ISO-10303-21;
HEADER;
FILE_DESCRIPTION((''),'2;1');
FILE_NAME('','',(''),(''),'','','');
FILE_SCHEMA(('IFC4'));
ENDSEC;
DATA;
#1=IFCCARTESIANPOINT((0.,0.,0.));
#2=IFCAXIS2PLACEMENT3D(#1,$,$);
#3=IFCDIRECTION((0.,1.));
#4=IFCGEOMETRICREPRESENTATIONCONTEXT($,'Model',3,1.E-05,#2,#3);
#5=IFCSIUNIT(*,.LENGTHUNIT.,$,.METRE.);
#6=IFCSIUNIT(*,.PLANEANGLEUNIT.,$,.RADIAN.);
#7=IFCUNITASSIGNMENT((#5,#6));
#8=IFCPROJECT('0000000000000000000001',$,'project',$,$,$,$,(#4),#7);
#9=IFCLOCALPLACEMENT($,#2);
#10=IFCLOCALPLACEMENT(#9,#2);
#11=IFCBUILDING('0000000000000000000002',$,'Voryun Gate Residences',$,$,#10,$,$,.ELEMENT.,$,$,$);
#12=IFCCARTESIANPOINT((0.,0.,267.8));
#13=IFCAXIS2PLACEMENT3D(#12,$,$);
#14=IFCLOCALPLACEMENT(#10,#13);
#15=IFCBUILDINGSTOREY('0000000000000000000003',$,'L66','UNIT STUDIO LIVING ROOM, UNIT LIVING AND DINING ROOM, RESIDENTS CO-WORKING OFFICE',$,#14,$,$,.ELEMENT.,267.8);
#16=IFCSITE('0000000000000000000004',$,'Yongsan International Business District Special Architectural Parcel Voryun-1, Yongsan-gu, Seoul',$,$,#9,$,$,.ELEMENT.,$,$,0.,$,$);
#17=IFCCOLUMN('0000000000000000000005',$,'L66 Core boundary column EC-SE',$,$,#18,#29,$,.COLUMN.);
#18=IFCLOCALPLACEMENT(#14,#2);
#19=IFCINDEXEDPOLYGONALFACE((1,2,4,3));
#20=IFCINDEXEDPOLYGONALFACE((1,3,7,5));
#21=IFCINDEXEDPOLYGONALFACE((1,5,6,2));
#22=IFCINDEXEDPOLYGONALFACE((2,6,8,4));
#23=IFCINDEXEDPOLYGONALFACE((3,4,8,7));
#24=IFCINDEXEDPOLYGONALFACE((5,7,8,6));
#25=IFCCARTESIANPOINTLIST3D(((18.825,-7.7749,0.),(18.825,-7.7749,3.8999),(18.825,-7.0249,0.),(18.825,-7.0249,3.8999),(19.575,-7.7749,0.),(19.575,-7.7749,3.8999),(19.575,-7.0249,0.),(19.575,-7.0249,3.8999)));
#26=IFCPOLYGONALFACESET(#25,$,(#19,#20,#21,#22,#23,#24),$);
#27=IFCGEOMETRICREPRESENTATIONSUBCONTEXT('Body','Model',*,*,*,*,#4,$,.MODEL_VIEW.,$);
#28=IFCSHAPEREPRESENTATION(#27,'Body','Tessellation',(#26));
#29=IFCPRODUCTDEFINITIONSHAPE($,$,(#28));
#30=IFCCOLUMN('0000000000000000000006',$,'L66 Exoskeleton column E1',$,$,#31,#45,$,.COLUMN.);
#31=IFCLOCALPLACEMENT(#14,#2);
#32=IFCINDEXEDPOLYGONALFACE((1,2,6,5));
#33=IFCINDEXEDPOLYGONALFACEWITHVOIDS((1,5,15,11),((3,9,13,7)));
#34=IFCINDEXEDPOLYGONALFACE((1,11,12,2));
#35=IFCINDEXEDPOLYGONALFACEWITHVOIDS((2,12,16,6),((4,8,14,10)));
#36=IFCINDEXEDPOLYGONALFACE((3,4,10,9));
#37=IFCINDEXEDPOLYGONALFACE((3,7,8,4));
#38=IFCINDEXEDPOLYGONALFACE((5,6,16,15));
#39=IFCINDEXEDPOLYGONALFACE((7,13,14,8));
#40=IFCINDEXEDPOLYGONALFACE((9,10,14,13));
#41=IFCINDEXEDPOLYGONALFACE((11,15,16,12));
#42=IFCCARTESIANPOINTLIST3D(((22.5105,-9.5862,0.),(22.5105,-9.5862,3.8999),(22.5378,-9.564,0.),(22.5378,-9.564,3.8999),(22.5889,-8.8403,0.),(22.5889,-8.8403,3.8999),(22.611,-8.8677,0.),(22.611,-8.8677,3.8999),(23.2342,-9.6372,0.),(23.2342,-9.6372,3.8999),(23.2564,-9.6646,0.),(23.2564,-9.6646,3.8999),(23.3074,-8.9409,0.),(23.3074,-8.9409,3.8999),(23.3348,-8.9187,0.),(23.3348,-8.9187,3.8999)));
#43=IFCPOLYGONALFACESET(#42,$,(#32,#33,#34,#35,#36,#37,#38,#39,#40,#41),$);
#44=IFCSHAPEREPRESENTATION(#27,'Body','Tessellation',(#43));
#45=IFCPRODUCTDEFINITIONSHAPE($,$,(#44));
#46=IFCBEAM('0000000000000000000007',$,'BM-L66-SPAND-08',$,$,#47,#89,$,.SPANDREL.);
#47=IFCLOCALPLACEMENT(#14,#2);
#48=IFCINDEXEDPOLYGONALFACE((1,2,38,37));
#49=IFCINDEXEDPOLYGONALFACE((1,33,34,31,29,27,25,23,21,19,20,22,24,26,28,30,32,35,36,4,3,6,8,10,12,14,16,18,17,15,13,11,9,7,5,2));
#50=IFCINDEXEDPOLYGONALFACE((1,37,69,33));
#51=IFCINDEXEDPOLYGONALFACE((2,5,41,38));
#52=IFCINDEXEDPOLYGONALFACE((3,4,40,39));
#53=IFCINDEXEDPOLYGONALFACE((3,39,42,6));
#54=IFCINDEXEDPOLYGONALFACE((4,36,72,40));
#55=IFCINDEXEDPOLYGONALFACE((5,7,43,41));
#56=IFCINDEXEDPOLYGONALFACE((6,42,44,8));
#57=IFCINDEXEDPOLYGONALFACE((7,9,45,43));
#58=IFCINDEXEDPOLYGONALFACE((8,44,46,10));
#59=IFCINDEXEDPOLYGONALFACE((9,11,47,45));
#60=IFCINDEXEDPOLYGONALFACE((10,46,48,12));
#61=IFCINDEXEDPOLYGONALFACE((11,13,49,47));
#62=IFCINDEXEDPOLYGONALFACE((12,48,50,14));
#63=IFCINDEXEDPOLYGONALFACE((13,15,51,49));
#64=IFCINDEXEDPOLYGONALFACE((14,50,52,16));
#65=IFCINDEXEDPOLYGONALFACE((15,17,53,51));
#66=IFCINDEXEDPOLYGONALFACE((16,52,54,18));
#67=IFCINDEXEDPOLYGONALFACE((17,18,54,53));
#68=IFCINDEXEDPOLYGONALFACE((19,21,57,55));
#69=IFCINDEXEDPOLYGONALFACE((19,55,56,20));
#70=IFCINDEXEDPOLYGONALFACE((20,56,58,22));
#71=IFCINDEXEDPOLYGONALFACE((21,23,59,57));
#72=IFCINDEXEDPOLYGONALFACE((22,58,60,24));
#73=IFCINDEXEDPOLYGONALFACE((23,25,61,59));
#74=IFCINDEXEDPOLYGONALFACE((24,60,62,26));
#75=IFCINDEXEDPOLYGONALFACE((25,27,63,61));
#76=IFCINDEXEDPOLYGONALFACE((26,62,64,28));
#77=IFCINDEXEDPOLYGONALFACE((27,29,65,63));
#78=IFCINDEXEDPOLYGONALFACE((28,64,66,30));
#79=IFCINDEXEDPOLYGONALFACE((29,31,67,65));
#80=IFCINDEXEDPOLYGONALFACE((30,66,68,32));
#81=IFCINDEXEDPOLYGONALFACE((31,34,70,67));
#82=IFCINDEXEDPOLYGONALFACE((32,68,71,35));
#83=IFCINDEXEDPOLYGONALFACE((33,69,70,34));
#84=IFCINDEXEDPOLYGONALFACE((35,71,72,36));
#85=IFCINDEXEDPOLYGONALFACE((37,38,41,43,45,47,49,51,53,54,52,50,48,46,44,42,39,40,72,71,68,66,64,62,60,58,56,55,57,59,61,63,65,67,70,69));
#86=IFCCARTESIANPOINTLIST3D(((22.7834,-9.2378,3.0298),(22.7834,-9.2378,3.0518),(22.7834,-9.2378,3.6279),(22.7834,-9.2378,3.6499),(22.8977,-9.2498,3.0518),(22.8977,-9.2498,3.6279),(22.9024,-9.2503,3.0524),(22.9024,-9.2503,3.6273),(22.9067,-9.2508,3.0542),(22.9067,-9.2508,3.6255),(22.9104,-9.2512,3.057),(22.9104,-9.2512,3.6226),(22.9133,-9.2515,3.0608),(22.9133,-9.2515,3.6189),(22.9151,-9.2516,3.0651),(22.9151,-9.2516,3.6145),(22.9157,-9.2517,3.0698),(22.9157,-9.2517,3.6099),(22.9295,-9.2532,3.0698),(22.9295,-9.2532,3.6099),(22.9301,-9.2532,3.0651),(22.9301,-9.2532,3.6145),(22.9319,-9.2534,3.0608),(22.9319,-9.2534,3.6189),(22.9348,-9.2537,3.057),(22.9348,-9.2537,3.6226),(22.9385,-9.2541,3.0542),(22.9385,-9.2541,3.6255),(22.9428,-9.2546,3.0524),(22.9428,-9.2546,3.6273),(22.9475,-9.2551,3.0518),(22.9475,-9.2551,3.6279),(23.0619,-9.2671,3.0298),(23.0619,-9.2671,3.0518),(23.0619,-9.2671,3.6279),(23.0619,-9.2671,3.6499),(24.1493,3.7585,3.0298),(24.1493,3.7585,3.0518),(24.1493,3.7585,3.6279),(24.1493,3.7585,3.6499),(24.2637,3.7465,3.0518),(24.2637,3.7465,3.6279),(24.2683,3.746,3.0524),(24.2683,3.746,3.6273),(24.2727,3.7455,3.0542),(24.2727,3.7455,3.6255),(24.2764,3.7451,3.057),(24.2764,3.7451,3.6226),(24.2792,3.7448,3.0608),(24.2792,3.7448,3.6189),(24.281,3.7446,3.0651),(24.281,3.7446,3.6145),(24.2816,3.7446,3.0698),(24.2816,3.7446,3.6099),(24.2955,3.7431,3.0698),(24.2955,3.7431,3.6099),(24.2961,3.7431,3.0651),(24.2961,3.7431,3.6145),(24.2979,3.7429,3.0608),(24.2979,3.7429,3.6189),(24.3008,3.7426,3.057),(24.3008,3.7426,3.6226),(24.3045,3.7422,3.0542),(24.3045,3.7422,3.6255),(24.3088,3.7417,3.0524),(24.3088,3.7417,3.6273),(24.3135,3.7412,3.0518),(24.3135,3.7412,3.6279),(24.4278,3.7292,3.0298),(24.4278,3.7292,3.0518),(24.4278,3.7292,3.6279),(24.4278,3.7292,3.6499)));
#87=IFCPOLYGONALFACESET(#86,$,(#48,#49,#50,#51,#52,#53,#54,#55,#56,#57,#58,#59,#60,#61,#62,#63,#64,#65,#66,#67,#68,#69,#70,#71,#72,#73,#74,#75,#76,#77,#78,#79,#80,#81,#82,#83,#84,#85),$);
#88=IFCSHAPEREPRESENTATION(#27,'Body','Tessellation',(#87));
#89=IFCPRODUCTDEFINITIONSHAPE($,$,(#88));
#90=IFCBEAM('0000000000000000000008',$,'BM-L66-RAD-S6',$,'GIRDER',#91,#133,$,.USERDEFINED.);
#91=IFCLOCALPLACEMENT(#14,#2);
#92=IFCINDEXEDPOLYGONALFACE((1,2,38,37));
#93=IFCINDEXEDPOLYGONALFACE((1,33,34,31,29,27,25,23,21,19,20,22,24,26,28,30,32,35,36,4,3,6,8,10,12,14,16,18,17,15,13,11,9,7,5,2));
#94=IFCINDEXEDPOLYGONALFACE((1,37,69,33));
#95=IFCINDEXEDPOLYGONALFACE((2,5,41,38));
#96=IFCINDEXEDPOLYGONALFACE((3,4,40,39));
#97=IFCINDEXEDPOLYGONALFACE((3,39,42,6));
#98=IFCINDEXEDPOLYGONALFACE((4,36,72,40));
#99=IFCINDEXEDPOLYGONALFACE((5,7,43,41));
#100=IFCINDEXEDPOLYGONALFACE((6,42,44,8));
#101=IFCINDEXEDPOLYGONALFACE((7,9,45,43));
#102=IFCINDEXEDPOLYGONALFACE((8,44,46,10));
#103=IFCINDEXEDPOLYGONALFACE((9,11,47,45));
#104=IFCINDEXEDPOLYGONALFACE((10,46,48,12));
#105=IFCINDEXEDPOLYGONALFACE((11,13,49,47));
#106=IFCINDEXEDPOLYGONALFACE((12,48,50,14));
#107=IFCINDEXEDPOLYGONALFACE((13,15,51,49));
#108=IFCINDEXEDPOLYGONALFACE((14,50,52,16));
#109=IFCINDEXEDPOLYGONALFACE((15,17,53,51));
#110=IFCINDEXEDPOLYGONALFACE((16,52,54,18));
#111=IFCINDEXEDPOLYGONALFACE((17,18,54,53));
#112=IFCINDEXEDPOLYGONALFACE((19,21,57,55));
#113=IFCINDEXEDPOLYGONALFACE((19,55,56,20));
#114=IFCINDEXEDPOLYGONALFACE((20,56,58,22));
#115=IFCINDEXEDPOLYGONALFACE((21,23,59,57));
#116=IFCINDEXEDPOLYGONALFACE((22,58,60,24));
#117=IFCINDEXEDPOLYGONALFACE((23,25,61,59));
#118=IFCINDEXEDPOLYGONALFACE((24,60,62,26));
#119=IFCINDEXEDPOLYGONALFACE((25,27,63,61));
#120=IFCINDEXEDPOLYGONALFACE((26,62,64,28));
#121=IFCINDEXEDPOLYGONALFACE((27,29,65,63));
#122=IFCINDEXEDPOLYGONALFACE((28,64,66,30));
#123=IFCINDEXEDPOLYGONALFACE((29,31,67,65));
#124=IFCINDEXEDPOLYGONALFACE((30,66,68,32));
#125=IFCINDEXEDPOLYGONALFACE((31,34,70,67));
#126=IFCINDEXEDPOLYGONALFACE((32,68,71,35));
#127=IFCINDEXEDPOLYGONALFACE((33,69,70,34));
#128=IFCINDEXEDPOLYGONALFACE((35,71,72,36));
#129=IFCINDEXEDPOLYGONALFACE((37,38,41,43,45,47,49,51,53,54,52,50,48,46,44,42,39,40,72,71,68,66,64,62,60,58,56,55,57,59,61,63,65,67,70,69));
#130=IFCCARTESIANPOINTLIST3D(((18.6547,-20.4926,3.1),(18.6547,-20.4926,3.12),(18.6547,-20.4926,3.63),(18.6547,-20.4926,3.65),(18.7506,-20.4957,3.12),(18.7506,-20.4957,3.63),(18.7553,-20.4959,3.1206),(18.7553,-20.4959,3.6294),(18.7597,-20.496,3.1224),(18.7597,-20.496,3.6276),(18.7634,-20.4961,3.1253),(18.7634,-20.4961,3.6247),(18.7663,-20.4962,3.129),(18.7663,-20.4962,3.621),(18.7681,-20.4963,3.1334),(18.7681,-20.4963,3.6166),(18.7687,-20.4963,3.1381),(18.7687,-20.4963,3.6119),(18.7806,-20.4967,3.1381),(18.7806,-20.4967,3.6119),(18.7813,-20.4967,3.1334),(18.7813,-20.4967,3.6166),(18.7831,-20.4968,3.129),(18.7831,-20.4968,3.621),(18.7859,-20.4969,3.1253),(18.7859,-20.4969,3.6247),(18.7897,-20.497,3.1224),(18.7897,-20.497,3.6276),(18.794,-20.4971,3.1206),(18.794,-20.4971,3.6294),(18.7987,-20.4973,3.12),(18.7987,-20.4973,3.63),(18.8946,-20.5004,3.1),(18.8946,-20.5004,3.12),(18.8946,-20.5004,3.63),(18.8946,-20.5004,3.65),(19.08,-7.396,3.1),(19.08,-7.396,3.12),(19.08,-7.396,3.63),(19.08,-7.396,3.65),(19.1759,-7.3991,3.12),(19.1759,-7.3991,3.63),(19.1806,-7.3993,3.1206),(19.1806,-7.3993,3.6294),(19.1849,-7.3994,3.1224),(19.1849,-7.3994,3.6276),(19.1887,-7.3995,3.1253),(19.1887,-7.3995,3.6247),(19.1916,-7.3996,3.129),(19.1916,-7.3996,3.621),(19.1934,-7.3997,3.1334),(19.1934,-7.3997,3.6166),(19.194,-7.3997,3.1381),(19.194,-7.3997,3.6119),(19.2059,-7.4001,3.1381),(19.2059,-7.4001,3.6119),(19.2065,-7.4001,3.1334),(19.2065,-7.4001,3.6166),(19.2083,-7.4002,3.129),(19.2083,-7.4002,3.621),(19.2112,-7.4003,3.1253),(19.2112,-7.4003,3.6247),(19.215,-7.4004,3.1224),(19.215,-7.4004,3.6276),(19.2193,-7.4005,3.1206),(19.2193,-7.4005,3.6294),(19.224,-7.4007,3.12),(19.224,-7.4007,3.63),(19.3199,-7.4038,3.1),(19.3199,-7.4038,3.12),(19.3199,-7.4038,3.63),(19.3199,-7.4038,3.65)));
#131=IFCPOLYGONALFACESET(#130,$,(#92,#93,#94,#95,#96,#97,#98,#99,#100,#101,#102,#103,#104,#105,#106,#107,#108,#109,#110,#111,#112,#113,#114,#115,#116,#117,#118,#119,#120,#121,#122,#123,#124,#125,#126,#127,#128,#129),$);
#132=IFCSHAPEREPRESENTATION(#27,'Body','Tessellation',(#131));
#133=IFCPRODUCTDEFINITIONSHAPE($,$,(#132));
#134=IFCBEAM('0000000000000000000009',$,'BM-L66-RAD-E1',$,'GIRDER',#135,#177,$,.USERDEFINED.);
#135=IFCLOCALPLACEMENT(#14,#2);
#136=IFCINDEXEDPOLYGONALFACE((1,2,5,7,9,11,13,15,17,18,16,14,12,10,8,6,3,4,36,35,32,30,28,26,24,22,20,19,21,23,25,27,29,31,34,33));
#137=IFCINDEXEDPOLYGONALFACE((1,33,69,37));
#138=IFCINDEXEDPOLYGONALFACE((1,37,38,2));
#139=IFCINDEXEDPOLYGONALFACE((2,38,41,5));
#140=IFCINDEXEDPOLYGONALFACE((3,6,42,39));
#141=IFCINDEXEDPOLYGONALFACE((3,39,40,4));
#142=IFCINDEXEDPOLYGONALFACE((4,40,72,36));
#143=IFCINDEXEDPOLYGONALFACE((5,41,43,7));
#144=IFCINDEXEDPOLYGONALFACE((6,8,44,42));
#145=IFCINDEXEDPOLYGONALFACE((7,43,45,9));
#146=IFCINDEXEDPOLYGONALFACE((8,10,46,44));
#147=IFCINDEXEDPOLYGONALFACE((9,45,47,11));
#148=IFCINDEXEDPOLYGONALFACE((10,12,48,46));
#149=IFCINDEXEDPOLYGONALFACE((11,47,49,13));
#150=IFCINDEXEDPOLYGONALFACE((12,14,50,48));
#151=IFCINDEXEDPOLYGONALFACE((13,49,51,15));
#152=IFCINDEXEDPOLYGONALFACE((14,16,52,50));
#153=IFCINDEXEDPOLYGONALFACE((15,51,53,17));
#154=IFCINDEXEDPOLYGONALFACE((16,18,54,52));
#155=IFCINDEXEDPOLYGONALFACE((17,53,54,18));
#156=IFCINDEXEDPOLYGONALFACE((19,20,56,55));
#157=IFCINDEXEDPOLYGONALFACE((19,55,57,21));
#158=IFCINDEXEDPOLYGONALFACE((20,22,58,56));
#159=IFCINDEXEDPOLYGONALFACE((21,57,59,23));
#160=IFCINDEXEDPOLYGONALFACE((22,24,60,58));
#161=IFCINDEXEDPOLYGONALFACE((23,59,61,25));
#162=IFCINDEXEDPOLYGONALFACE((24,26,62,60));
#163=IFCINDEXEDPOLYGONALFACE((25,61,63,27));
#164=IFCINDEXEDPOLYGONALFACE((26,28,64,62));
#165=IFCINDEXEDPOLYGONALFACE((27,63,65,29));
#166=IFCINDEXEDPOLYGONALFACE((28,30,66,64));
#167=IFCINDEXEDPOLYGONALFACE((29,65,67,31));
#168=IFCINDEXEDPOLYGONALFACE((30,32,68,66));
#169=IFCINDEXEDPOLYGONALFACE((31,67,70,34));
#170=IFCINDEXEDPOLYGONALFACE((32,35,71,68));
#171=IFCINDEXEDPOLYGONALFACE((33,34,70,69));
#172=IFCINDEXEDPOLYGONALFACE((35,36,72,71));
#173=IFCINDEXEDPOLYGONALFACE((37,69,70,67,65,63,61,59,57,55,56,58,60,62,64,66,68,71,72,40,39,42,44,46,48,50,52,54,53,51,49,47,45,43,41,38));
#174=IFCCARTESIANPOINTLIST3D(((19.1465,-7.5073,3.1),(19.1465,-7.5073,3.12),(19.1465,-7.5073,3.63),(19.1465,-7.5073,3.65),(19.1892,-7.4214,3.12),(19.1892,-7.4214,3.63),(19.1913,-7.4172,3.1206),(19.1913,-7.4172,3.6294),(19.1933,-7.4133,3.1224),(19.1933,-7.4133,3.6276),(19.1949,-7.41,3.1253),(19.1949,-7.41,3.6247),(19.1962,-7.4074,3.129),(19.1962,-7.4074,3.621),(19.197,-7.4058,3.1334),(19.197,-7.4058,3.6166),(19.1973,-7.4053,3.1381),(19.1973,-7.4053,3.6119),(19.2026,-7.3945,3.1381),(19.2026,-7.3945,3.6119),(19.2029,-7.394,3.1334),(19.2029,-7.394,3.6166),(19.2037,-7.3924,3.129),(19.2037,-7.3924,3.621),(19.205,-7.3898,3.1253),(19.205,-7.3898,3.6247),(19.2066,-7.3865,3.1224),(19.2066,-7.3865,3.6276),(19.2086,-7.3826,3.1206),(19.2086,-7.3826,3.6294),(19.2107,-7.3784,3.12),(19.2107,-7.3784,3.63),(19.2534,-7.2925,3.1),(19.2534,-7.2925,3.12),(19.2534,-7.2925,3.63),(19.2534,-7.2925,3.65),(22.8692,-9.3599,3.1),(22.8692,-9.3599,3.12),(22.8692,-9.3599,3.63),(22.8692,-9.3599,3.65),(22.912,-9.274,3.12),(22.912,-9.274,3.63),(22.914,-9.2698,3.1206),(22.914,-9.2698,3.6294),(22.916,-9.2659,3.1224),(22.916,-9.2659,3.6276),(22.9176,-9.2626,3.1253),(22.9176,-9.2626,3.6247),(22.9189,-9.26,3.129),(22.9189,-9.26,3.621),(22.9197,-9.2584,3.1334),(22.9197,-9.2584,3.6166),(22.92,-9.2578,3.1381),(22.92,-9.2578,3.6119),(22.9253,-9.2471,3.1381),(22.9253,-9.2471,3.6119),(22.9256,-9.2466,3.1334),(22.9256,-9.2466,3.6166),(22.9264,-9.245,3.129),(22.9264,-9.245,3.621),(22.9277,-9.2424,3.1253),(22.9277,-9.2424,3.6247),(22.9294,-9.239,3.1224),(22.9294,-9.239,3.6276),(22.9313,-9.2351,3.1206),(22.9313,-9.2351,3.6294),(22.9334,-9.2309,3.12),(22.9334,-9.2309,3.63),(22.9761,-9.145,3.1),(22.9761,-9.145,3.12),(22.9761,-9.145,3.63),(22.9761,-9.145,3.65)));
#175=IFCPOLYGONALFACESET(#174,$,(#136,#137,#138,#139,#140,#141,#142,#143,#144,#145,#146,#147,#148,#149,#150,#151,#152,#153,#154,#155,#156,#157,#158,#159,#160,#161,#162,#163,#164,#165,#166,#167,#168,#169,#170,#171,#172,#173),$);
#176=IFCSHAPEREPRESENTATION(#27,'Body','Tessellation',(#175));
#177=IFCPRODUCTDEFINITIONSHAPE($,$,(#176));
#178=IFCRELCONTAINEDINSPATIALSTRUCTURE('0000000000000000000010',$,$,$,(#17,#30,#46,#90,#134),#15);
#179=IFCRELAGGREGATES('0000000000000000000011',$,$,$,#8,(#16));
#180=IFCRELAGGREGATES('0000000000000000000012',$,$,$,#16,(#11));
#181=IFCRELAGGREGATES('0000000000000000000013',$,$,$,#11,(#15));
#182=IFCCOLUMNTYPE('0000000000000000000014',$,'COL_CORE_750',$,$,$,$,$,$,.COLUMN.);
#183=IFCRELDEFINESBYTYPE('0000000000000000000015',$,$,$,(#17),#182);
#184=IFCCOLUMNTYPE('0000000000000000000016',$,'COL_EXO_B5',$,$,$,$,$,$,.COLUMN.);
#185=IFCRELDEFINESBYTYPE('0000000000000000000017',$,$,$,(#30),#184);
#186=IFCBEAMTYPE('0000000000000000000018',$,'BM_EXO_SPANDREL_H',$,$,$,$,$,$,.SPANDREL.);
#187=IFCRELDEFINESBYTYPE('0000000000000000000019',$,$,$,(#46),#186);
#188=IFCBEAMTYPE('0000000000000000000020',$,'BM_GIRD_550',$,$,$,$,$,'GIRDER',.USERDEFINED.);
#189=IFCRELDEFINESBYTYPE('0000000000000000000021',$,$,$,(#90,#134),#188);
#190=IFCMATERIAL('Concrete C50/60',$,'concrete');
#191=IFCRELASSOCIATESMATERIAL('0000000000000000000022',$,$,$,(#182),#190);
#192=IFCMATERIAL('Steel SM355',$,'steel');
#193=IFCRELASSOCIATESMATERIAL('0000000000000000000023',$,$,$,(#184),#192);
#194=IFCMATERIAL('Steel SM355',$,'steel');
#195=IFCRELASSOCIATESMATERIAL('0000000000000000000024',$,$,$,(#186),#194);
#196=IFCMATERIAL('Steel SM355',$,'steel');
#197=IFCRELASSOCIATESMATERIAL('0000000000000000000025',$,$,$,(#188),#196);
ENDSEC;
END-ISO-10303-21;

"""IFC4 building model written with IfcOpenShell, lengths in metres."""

from ifc_helpers import new_model, si_unit, direction, frame, origin, origin_2d, place, context, subcontext, project, spatial, rectangle, hollow_rectangle, i_section, extrude, material, material_profile, profile_set, type_object, element, save


model = new_model("IFC4")

# Units and contexts
model_context = context("Model", 3, precision=1e-05, world=origin(), true_north=direction((0.0, 1.0)))
body_context = subcontext(model_context, "Body", "Model", "MODEL_VIEW")
ifc_project = project(units=[si_unit("LENGTHUNIT", "METRE"), si_unit("PLANEANGLEUNIT", "RADIAN")], contexts=[model_context])

# Site, building, storey
site_placement = place(None, origin())
site = spatial("IfcSite", under=ifc_project, at=site_placement, Name="Yongsan International Business District Special Architectural Parcel Voryun-1, Yongsan-gu, Seoul", CompositionType="ELEMENT", RefElevation=0.0)
building_placement = place(site_placement, origin())
building = spatial("IfcBuilding", under=site, at=building_placement, Name="Voryun Gate Residences", CompositionType="ELEMENT")
storey_placement = place(building_placement, frame((0.0, 0.0, 267.8)))
storey = spatial("IfcBuildingStorey", under=building, at=storey_placement, Name="L66", Description="UNIT STUDIO LIVING ROOM, UNIT LIVING AND DINING ROOM, RESIDENTS CO-WORKING OFFICE", CompositionType="ELEMENT", Elevation=267.8)

# Columns
ifc_material_1 = material(Name="Concrete C50/60", Category="concrete")
ifc_material_profile_1 = material_profile(ifc_material_1, rectangle(XDim=0.75, YDim=0.75, at=origin_2d()), Name="RC-750x750")
ifc_profile_set_1 = profile_set([ifc_material_profile_1], Name="Concrete C50/60")
column_type_1 = type_object("IfcColumnType", Name="COL_CORE_750", PredefinedType="COLUMN", material=ifc_profile_set_1)
column_1_placement = place(storey_placement, frame((19.2, -7.3999, 0.0), z_axis=(0.0, 0.0, 1.0), x_axis=(1.0, 0.0, 0.0)))
element("IfcColumn", 1, at=column_1_placement, inside=storey, type_object=column_type_1, Name="L66 Core boundary column EC-SE", PredefinedType="COLUMN", context=body_context, shape_type="SweptSolid", body=[
    extrude(rectangle(XDim=0.75, YDim=0.75, at=origin_2d()), origin(), (0.0, 0.0, 1.0), 3.8999),
])
ifc_material_2 = material(Name="Steel SM355", Category="steel")
ifc_material_profile_2 = material_profile(ifc_material_2, hollow_rectangle(XDim=0.75, YDim=0.75, WallThickness=0.0249, at=origin_2d()), Name="BOX-750x750x25")
ifc_profile_set_2 = profile_set([ifc_material_profile_2], Name="Steel SM355")
column_type_2 = type_object("IfcColumnType", Name="COL_EXO_B5", PredefinedType="COLUMN", material=ifc_profile_set_2)
column_2_placement = place(storey_placement, frame((22.9226, -9.2524, 0.0), z_axis=(0.0, 0.0, 1.0), x_axis=(0.994522, -0.104528, 0.0)))
element("IfcColumn", 2, at=column_2_placement, inside=storey, type_object=column_type_2, Name="L66 Exoskeleton column E1", PredefinedType="COLUMN", context=body_context, shape_type="SweptSolid", body=[
    extrude(hollow_rectangle(XDim=0.75, YDim=0.75, WallThickness=0.0249, at=origin_2d()), origin(), (0.0, 0.0, 1.0), 3.8999),
])

# Beams
ifc_material_3 = material(Name="Steel SM355", Category="steel")
ifc_material_profile_3 = material_profile(ifc_material_3, i_section(OverallWidth=0.28, OverallDepth=0.6201, WebThickness=0.0139, FlangeThickness=0.022, FilletRadius=0.0181, at=origin_2d()), Name="H-620x280x14x22")
ifc_profile_set_3 = profile_set([ifc_material_profile_3], Name="Steel SM355")
beam_type_1 = type_object("IfcBeamType", Name="BM_EXO_SPANDREL_H", PredefinedType="SPANDREL", material=ifc_profile_set_3)
beam_1_placement = place(storey_placement, frame((22.9226, -9.2524, 3.3398), z_axis=(0.104528, 0.994522, 0.0), x_axis=(-0.994522, 0.104528, 0.0)))
element("IfcBeam", 3, at=beam_1_placement, inside=storey, type_object=beam_type_1, Name="BM-L66-SPAND-08", PredefinedType="SPANDREL", context=body_context, shape_type="SweptSolid", body=[
    extrude(i_section(OverallWidth=0.28, OverallDepth=0.6201, WebThickness=0.0139, FlangeThickness=0.022, FilletRadius=0.0181, at=origin_2d()), origin(), (0.0, 0.0, 1.0), 13.0679),
])
ifc_material_4 = material(Name="Steel SM355", Category="steel")
ifc_material_profile_4 = material_profile(ifc_material_4, i_section(OverallWidth=0.24, OverallDepth=0.55, WebThickness=0.012, FlangeThickness=0.02, FilletRadius=0.0181, at=origin_2d()), Name="H-550x240x12x20")
ifc_profile_set_4 = profile_set([ifc_material_profile_4], Name="Steel SM355")
beam_type_2 = type_object("IfcBeamType", Name="BM_GIRD_550", ElementType="GIRDER", PredefinedType="USERDEFINED", material=ifc_profile_set_4)
beam_2_placement = place(storey_placement, frame((19.2, -7.3999, 3.375), z_axis=(-0.032456, -0.999473, 0.0), x_axis=(0.999473, -0.032456, 0.0)))
element("IfcBeam", 4, at=beam_2_placement, inside=storey, type_object=beam_type_2, Name="BM-L66-RAD-S6", ObjectType="GIRDER", PredefinedType="USERDEFINED", context=body_context, shape_type="SweptSolid", body=[
    extrude(i_section(OverallWidth=0.24, OverallDepth=0.55, WebThickness=0.012, FlangeThickness=0.02, FilletRadius=0.0181, at=origin_2d()), origin(), (0.0, 0.0, 1.0), 13.1035),
])
beam_3_placement = place(storey_placement, frame((19.2, -7.3999, 3.375), z_axis=(0.895271, -0.445522, 0.0), x_axis=(0.445522, 0.895271, 0.0)))
element("IfcBeam", 5, at=beam_3_placement, inside=storey, type_object=beam_type_2, Name="BM-L66-RAD-E1", ObjectType="GIRDER", PredefinedType="USERDEFINED", context=body_context, shape_type="SweptSolid", body=[
    extrude(i_section(OverallWidth=0.24, OverallDepth=0.55, WebThickness=0.012, FlangeThickness=0.02, FilletRadius=0.0181, at=origin_2d()), origin(), (0.0, 0.0, 1.0), 4.1582),
])

save(model, "model.ifc")
